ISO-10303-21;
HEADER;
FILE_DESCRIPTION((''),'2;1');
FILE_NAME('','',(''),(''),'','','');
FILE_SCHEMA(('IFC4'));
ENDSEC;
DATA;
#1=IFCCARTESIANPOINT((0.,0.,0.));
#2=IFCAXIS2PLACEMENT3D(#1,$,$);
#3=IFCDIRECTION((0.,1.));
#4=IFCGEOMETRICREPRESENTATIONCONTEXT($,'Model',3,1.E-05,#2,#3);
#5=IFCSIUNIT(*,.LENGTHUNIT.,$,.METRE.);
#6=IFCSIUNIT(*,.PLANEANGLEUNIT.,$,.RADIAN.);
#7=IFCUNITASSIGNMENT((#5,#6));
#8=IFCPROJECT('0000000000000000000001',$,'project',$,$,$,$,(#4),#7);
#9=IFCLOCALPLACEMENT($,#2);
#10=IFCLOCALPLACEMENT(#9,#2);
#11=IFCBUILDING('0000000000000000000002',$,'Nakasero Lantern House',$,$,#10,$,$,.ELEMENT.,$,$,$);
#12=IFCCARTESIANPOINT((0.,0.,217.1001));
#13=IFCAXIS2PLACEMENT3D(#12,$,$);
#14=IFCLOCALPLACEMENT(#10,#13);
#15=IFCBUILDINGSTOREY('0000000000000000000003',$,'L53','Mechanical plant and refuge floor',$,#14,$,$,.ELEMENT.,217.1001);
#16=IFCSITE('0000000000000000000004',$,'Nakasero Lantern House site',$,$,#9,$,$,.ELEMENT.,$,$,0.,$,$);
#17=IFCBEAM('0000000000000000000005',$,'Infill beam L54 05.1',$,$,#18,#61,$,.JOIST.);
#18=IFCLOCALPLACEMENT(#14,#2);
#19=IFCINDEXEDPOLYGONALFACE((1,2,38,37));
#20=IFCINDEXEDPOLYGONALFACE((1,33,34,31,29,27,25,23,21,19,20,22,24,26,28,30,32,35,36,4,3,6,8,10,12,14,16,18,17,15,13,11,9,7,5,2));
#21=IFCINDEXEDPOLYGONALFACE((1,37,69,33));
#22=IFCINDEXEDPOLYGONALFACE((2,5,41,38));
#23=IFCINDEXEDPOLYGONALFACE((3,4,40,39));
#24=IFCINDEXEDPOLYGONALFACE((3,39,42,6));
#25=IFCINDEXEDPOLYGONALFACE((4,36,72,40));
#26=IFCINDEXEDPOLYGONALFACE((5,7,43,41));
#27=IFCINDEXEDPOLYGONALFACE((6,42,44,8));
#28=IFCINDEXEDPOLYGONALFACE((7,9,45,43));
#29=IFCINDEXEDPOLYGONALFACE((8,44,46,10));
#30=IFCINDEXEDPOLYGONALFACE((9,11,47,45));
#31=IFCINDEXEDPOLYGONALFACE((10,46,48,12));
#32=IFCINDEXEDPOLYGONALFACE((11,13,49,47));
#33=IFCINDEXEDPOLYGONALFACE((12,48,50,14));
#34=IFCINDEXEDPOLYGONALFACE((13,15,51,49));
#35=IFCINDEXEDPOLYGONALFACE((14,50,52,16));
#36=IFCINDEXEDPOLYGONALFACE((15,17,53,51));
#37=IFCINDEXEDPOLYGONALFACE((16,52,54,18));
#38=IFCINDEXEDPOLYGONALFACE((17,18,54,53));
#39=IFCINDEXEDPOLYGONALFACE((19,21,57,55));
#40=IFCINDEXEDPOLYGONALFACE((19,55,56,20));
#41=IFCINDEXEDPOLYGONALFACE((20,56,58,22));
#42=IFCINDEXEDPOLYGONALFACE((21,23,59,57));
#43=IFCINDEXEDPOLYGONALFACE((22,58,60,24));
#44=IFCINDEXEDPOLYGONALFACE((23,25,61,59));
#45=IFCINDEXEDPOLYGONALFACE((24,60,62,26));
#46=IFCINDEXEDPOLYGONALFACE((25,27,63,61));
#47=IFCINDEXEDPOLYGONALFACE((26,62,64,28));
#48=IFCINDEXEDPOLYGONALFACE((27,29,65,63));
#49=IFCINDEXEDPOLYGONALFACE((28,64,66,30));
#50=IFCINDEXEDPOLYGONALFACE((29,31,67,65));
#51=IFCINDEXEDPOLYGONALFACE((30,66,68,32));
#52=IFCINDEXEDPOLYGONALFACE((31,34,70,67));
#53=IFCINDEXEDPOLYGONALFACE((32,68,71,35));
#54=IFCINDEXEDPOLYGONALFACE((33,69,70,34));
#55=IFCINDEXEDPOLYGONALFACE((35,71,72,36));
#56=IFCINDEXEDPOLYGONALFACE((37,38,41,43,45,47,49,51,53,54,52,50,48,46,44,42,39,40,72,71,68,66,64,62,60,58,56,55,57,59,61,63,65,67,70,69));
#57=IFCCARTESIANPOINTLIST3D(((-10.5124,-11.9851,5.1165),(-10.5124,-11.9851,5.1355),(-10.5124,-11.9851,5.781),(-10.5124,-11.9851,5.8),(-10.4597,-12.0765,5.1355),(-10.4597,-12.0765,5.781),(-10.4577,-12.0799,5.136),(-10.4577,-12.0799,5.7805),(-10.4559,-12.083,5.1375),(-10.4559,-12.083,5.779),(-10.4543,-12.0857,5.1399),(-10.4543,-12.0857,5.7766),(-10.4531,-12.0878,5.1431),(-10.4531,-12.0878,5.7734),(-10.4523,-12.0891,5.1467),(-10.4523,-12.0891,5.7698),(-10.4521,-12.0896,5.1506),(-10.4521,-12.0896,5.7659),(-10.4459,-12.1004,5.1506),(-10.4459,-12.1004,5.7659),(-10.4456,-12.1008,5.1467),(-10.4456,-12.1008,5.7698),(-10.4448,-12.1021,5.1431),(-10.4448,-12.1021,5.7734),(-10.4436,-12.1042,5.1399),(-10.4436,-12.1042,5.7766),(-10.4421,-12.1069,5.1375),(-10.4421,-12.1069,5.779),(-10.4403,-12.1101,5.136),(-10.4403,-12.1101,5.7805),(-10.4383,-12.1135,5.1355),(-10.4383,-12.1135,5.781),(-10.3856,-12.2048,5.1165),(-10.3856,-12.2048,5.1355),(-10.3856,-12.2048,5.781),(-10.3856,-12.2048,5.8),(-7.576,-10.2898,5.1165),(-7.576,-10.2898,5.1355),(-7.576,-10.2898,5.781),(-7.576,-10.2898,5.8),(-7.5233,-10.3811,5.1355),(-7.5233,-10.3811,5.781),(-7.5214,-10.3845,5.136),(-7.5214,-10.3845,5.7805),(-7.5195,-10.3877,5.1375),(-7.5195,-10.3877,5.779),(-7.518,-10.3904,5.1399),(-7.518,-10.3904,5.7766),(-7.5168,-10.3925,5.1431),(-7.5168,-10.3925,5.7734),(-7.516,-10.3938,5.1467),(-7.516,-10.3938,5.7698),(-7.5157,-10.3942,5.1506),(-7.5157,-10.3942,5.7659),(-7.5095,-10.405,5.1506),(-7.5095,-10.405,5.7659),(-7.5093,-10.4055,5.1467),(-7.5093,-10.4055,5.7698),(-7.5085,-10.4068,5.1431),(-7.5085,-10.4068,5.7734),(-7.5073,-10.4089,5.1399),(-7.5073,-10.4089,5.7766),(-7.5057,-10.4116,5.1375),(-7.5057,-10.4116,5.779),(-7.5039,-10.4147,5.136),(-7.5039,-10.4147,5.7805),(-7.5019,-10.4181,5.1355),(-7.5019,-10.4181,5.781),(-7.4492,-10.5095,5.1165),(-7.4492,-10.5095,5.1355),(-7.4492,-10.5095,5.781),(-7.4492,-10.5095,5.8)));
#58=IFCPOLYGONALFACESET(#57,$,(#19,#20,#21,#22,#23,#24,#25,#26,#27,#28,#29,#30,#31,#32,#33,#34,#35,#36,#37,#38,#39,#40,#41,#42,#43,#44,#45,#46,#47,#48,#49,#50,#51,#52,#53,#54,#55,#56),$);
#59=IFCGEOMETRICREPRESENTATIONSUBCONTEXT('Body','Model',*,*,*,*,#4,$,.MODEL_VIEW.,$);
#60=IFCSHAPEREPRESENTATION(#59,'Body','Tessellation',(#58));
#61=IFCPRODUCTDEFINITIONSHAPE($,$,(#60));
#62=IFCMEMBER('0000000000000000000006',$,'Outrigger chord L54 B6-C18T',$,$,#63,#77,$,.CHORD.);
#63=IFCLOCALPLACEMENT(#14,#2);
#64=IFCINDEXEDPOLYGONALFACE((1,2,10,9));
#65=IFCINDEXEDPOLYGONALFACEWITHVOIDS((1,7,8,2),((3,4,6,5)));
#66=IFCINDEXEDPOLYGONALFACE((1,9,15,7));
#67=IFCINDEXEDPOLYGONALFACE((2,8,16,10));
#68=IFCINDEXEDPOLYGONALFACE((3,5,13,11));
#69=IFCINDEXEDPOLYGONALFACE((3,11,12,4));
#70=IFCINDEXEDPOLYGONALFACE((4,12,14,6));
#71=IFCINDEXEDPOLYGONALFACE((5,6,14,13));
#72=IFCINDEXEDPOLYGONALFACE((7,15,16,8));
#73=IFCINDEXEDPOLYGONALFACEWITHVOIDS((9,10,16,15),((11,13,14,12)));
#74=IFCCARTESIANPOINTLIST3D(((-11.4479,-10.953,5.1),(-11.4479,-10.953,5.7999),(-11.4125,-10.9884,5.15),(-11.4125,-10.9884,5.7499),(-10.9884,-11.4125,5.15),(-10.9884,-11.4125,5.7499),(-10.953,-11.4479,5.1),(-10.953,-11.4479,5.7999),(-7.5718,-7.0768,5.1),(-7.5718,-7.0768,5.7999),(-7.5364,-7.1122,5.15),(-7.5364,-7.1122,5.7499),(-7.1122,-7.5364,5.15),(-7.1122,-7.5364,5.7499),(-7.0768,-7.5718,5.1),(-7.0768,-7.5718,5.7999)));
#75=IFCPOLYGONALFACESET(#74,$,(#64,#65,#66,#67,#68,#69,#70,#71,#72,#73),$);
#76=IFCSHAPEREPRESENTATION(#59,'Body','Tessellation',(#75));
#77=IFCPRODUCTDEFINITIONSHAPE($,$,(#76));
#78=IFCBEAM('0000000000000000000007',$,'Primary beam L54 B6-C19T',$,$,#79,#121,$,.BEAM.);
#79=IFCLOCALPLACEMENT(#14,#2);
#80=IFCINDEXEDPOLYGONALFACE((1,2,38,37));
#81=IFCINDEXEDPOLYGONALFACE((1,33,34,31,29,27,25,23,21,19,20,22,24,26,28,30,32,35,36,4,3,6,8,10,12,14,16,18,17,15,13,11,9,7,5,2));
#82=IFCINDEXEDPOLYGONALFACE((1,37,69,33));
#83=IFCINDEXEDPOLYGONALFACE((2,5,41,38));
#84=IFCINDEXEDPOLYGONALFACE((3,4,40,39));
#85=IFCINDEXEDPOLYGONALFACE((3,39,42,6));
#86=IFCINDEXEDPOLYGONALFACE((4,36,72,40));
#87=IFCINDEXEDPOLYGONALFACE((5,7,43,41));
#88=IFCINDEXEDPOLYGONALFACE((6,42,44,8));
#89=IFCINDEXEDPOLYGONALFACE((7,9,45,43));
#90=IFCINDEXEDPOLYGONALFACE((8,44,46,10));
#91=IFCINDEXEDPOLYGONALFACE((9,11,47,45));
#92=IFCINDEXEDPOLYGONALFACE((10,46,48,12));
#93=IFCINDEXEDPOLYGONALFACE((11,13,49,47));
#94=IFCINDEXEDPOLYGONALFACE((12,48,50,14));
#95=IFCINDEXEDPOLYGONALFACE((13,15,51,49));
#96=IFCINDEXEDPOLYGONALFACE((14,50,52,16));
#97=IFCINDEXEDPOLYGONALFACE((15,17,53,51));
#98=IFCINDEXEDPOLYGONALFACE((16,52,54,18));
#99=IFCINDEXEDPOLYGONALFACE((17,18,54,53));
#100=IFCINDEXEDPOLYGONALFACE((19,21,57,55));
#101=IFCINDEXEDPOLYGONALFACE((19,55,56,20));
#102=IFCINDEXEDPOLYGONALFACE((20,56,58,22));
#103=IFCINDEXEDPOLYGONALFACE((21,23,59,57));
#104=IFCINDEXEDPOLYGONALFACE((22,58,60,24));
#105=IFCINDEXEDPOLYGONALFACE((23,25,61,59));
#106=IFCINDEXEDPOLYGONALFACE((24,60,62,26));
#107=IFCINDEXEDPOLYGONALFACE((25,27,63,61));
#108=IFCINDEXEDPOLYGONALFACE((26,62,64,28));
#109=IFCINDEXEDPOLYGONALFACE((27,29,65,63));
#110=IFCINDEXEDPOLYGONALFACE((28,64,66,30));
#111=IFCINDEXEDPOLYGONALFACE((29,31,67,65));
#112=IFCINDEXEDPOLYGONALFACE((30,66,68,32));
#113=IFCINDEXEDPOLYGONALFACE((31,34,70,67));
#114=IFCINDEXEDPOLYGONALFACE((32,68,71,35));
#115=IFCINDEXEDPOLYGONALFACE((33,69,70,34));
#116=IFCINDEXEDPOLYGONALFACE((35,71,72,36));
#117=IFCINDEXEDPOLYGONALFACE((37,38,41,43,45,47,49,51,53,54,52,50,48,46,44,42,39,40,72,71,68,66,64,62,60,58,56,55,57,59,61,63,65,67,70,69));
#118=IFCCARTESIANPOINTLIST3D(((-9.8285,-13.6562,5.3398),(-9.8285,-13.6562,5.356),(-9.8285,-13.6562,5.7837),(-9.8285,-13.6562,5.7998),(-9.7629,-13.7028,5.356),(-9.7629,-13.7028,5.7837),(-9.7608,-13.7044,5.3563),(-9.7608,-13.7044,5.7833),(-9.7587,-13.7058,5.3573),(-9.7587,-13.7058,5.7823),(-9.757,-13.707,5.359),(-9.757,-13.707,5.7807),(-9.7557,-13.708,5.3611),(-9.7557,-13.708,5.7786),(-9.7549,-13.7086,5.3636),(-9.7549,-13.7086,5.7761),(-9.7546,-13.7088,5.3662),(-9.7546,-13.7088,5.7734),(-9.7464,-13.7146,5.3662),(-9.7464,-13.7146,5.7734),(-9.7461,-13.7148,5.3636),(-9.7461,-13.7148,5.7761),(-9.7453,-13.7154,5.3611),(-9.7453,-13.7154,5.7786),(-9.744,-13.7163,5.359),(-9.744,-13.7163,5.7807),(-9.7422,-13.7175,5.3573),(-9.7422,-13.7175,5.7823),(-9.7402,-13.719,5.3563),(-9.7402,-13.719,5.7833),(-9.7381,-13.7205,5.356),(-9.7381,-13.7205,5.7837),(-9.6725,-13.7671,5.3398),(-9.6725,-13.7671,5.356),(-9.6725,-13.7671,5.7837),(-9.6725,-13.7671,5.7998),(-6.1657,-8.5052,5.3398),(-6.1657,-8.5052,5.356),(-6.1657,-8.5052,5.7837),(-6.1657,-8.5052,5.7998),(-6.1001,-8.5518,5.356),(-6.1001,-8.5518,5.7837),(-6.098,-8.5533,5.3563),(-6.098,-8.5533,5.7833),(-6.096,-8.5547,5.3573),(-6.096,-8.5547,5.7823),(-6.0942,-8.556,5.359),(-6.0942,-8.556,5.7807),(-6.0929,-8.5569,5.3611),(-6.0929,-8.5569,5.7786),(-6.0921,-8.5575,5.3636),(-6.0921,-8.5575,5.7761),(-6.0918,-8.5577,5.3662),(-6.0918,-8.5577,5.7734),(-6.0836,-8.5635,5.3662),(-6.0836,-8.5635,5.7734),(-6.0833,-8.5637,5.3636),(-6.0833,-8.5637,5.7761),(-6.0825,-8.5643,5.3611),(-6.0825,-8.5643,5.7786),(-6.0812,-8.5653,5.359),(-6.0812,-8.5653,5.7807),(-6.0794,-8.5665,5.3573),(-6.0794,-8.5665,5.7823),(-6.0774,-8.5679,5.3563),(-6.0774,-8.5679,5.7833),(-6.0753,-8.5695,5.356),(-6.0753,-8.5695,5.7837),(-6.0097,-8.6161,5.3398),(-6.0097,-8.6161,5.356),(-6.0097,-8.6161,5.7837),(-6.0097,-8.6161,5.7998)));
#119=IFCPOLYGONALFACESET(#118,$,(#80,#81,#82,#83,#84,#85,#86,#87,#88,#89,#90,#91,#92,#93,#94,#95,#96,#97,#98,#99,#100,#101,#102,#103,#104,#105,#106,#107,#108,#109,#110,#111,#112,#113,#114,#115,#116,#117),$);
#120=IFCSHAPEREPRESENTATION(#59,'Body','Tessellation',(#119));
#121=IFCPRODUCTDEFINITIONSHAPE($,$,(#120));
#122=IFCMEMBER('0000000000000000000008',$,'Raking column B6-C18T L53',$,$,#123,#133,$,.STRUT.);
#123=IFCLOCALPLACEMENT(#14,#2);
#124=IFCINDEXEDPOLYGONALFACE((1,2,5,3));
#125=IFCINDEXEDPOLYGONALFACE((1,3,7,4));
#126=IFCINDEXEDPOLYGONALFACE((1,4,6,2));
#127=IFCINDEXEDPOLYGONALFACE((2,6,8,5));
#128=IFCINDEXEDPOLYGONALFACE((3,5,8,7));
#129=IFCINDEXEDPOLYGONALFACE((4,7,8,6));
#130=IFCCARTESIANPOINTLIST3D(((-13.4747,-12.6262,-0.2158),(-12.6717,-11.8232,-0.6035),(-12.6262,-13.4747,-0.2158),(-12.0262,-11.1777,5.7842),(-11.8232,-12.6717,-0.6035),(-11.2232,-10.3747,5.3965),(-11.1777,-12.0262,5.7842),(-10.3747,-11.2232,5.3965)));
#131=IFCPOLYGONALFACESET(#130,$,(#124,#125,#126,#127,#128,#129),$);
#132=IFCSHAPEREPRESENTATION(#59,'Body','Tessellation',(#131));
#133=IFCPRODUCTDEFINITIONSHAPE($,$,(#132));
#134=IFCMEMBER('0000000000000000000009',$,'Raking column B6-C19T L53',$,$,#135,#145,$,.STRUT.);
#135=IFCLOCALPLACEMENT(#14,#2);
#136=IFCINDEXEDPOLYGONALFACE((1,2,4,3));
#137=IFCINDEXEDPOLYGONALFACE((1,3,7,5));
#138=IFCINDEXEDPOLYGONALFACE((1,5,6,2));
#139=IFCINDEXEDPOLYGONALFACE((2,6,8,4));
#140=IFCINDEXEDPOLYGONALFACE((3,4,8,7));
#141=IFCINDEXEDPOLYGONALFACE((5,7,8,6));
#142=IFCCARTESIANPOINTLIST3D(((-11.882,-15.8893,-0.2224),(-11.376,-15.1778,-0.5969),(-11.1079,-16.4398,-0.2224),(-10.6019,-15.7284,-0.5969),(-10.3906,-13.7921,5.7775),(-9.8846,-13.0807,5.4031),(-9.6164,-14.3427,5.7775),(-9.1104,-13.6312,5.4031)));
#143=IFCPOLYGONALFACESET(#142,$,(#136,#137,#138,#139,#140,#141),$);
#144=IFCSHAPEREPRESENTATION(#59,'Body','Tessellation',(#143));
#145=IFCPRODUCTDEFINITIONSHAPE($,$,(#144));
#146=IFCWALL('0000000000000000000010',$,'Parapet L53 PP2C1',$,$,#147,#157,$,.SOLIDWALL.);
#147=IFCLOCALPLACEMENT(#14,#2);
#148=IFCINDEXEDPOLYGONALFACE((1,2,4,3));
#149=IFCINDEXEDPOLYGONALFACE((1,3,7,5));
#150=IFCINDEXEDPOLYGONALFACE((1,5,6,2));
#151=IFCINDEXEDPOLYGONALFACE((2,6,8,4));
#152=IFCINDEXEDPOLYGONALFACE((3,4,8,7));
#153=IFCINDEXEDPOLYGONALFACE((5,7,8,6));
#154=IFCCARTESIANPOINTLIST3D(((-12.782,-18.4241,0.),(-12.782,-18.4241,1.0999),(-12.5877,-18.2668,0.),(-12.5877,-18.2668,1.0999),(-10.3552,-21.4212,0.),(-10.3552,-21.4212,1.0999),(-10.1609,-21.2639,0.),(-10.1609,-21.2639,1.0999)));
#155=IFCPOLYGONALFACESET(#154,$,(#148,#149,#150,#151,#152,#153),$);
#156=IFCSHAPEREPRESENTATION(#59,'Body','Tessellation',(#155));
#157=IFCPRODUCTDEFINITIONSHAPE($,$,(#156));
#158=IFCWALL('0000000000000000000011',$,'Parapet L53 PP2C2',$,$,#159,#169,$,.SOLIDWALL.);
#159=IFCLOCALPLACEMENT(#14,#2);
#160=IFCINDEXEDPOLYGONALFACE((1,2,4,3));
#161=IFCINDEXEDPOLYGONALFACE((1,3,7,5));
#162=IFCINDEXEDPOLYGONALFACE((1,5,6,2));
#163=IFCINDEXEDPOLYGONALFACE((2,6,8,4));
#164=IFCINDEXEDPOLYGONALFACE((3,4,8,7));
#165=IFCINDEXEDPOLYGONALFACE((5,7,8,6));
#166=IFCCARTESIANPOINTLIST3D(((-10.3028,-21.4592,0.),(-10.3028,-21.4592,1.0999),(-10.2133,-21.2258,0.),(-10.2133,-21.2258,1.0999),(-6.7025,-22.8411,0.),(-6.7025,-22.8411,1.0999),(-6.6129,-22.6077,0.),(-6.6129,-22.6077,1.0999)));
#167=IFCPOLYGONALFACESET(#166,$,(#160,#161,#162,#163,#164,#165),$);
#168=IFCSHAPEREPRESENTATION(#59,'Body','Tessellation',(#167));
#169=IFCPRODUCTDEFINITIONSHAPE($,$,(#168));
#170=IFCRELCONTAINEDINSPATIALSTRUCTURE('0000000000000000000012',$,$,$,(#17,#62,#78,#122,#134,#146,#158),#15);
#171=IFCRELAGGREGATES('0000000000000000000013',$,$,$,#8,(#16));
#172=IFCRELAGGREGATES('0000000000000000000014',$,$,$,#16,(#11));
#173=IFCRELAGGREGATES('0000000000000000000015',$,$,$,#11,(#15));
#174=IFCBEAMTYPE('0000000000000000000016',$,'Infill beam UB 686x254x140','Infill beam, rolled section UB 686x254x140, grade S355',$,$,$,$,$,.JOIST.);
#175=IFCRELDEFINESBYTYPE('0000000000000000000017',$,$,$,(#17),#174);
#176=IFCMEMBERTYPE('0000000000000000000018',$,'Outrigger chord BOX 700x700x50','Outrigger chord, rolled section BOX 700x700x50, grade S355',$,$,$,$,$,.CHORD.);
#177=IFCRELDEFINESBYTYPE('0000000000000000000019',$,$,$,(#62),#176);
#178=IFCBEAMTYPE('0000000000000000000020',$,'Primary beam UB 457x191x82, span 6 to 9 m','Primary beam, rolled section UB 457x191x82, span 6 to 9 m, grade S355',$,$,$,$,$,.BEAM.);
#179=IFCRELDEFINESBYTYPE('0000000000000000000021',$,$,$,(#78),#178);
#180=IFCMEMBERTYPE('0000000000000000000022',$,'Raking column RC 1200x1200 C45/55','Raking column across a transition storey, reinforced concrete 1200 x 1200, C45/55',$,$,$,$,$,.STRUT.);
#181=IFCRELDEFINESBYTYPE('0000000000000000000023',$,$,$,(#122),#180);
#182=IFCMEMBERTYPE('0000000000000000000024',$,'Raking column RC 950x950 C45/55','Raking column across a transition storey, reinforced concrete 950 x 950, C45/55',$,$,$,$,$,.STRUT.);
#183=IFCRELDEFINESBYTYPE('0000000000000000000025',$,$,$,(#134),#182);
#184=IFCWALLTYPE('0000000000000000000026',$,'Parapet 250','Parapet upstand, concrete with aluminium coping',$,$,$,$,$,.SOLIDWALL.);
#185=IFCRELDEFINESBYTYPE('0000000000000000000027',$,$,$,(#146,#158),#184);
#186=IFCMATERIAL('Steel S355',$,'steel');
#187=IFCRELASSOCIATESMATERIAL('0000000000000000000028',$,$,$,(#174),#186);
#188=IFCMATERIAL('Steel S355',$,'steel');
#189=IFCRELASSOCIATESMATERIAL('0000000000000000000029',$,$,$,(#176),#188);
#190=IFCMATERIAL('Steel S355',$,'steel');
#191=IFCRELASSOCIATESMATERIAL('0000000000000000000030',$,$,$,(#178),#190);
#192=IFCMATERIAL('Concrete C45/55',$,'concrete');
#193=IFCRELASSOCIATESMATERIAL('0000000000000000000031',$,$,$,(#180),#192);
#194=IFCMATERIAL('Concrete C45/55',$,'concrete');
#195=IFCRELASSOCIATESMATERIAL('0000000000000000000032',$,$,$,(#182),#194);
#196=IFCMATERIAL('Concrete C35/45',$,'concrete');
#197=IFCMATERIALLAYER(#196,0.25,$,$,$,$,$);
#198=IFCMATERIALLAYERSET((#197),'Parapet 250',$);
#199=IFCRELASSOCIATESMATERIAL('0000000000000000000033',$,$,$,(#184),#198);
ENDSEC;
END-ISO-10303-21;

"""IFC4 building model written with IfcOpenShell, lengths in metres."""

from ifc_helpers import new_model, si_unit, direction, frame, frame_2d, origin, origin_2d, place, context, subcontext, project, spatial, rectangle, hollow_rectangle, i_section, extrude, material, layer, layer_set, material_profile, profile_set, type_object, element, save


model = new_model("IFC4")

# Units and contexts
model_context = context("Model", 3, precision=1e-05, world=origin(), true_north=direction((0.0, 1.0)))
body_context = subcontext(model_context, "Body", "Model", "MODEL_VIEW")
ifc_project = project(units=[si_unit("LENGTHUNIT", "METRE"), si_unit("PLANEANGLEUNIT", "RADIAN")], contexts=[model_context])

# Site, building, storey
site_placement = place(None, origin())
site = spatial("IfcSite", under=ifc_project, at=site_placement, Name="Nakasero Lantern House site", CompositionType="ELEMENT", RefElevation=0.0)
building_placement = place(site_placement, origin())
building = spatial("IfcBuilding", under=site, at=building_placement, Name="Nakasero Lantern House", CompositionType="ELEMENT")
storey_placement = place(building_placement, frame((0.0, 0.0, 217.1001)))
storey = spatial("IfcBuildingStorey", under=building, at=storey_placement, Name="L53", Description="Mechanical plant and refuge floor", CompositionType="ELEMENT", Elevation=217.1001)

# Beam
ifc_material_1 = material(Name="Steel S355", Category="steel")
ifc_material_profile_1 = material_profile(ifc_material_1, i_section(OverallWidth=0.2537, OverallDepth=0.6836, WebThickness=0.0125, FlangeThickness=0.019, FilletRadius=0.0151, at=origin_2d()), Name="UB 686x254x140")
ifc_profile_set_1 = profile_set([ifc_material_profile_1], Name="Steel S355")
beam_type_1 = type_object("IfcBeamType", Name="Infill beam UB 686x254x140", Description="Infill beam, rolled section UB 686x254x140, grade S355", PredefinedType="JOIST", material=ifc_profile_set_1)
beam_1_placement = place(storey_placement, frame((-10.449, -12.095, 5.4583), z_axis=(0.866019, 0.500011, 0.0), x_axis=(-0.500011, 0.866019, 0.0)))
element("IfcBeam", 1, at=beam_1_placement, inside=storey, type_object=beam_type_1, Name="Infill beam L54 05.1", PredefinedType="JOIST", context=body_context, shape_type="SweptSolid", body=[
    extrude(i_section(OverallWidth=0.2537, OverallDepth=0.6836, WebThickness=0.0125, FlangeThickness=0.019, FilletRadius=0.0151, at=origin_2d()), origin(), (0.0, 0.0, 1.0), 3.3906),
])

# Member
ifc_material_2 = material(Name="Steel S355", Category="steel")
ifc_material_profile_2 = material_profile(ifc_material_2, hollow_rectangle(XDim=0.7, YDim=0.7, WallThickness=0.05, at=origin_2d()), Name="BOX 700x700x50")
ifc_profile_set_2 = profile_set([ifc_material_profile_2], Name="Steel S355")
member_type_1 = type_object("IfcMemberType", Name="Outrigger chord BOX 700x700x50", Description="Outrigger chord, rolled section BOX 700x700x50, grade S355", PredefinedType="CHORD", material=ifc_profile_set_2)
member_1_placement = place(storey_placement, frame((-11.2004, -11.2004, 5.45), z_axis=(0.707107, 0.707107, 0.0), x_axis=(-0.707107, 0.707107, 0.0)))
element("IfcMember", 2, at=member_1_placement, inside=storey, type_object=member_type_1, Name="Outrigger chord L54 B6-C18T", PredefinedType="CHORD", context=body_context, shape_type="SweptSolid", body=[
    extrude(hollow_rectangle(XDim=0.7, YDim=0.7, WallThickness=0.05, at=origin_2d()), origin(), (0.0, 0.0, 1.0), 5.4817),
])

# Beam
ifc_material_3 = material(Name="Steel S355", Category="steel")
ifc_material_profile_3 = material_profile(ifc_material_3, i_section(OverallWidth=0.1914, OverallDepth=0.46, WebThickness=0.01, FlangeThickness=0.0161, FilletRadius=0.0103, at=origin_2d()), Name="UB 457x191x82")
ifc_profile_set_3 = profile_set([ifc_material_profile_3], Name="Steel S355")
beam_type_2 = type_object("IfcBeamType", Name="Primary beam UB 457x191x82, span 6 to 9 m", Description="Primary beam, rolled section UB 457x191x82, span 6 to 9 m, grade S355", PredefinedType="BEAM", material=ifc_profile_set_3)
beam_2_placement = place(storey_placement, frame((-9.7505, -13.7117, 5.5698), z_axis=(0.579505, 0.814969, 0.0), x_axis=(-0.814969, 0.579505, 0.0)))
element("IfcBeam", 3, at=beam_2_placement, inside=storey, type_object=beam_type_2, Name="Primary beam L54 B6-C19T", PredefinedType="BEAM", context=body_context, shape_type="SweptSolid", body=[
    extrude(i_section(OverallWidth=0.1914, OverallDepth=0.46, WebThickness=0.01, FlangeThickness=0.0161, FilletRadius=0.0103, at=origin_2d()), origin(), (0.0, 0.0, 1.0), 6.3206),
])

# Members
ifc_material_4 = material(Name="Concrete C45/55", Category="concrete")
ifc_material_profile_4 = material_profile(ifc_material_4, rectangle(XDim=1.2, YDim=1.2, at=origin_2d()), Name="RC 1200x1200")
ifc_profile_set_4 = profile_set([ifc_material_profile_4], Name="Concrete C45/55")
member_type_2 = type_object("IfcMemberType", Name="Raking column RC 1200x1200 C45/55", Description="Raking column across a transition storey, reinforced concrete 1200 x 1200, C45/55", PredefinedType="STRUT", material=ifc_profile_set_4)
member_2_placement = place(storey_placement, frame((-12.6489, -12.6489, -0.4097), z_axis=(0.228466, 0.228466, 0.946365), x_axis=(-0.707107, 0.707107, 0.0)))
element("IfcMember", 4, at=member_2_placement, inside=storey, type_object=member_type_2, Name="Raking column B6-C18T L53", PredefinedType="STRUT", context=body_context, shape_type="SweptSolid", body=[
    extrude(rectangle(XDim=1.2, YDim=1.2, at=origin_2d()), origin(), (0.0, 0.0, 1.0), 6.3401),
])
ifc_material_5 = material(Name="Concrete C45/55", Category="concrete")
ifc_material_profile_5 = material_profile(ifc_material_5, rectangle(XDim=0.95, YDim=0.95, at=origin_2d()), Name="RC 950x950")
ifc_profile_set_5 = profile_set([ifc_material_profile_5], Name="Concrete C45/55")
member_type_3 = type_object("IfcMemberType", Name="Raking column RC 950x950 C45/55", Description="Raking column across a transition storey, reinforced concrete 950 x 950, C45/55", PredefinedType="STRUT", material=ifc_profile_set_5)
member_3_placement = place(storey_placement, frame((-11.2419, -15.8088, -0.4097), z_axis=(0.22845, 0.321228, 0.919034), x_axis=(-0.81493, 0.579559, 0.0)))
element("IfcMember", 5, at=member_3_placement, inside=storey, type_object=member_type_3, Name="Raking column B6-C19T L53", PredefinedType="STRUT", context=body_context, shape_type="SweptSolid", body=[
    extrude(rectangle(XDim=0.95, YDim=0.95, at=origin_2d()), origin(), (0.0, 0.0, 1.0), 6.5286),
])

# Walls
ifc_material_6 = material(Name="Concrete C35/45", Category="concrete")
ifc_layer = layer(ifc_material_6, 0.25)
ifc_layer_set = layer_set([ifc_layer], Name="Parapet 250")
wall_type = type_object("IfcWallType", Name="Parapet 250", Description="Parapet upstand, concrete with aluminium coping", PredefinedType="SOLIDWALL", material=ifc_layer_set)
for number, where, z_axis, x_axis, name in (
    (6, (-12.6848, -18.3455, 0.0), (0.0, 0.0, 1.0), (0.629286, -0.777174, 0.0), "Parapet L53 PP2C1"),
    (7, (-10.2581, -21.3425, 0.0), (0.0, 0.0, 1.0), (0.933598, -0.358321, 0.0), "Parapet L53 PP2C2"),
):
    element("IfcWall", number, at=place(storey_placement, frame(where, z_axis=z_axis, x_axis=x_axis)), inside=storey, type_object=wall_type, Name=name, PredefinedType="SOLIDWALL", context=body_context, shape_type="SweptSolid", body=[
        extrude(rectangle(XDim=3.8564, YDim=0.25, at=frame_2d((1.9282, 0.0))), origin(), (0.0, 0.0, 1.0), 1.0999),
    ])

save(model, "model.ifc")
